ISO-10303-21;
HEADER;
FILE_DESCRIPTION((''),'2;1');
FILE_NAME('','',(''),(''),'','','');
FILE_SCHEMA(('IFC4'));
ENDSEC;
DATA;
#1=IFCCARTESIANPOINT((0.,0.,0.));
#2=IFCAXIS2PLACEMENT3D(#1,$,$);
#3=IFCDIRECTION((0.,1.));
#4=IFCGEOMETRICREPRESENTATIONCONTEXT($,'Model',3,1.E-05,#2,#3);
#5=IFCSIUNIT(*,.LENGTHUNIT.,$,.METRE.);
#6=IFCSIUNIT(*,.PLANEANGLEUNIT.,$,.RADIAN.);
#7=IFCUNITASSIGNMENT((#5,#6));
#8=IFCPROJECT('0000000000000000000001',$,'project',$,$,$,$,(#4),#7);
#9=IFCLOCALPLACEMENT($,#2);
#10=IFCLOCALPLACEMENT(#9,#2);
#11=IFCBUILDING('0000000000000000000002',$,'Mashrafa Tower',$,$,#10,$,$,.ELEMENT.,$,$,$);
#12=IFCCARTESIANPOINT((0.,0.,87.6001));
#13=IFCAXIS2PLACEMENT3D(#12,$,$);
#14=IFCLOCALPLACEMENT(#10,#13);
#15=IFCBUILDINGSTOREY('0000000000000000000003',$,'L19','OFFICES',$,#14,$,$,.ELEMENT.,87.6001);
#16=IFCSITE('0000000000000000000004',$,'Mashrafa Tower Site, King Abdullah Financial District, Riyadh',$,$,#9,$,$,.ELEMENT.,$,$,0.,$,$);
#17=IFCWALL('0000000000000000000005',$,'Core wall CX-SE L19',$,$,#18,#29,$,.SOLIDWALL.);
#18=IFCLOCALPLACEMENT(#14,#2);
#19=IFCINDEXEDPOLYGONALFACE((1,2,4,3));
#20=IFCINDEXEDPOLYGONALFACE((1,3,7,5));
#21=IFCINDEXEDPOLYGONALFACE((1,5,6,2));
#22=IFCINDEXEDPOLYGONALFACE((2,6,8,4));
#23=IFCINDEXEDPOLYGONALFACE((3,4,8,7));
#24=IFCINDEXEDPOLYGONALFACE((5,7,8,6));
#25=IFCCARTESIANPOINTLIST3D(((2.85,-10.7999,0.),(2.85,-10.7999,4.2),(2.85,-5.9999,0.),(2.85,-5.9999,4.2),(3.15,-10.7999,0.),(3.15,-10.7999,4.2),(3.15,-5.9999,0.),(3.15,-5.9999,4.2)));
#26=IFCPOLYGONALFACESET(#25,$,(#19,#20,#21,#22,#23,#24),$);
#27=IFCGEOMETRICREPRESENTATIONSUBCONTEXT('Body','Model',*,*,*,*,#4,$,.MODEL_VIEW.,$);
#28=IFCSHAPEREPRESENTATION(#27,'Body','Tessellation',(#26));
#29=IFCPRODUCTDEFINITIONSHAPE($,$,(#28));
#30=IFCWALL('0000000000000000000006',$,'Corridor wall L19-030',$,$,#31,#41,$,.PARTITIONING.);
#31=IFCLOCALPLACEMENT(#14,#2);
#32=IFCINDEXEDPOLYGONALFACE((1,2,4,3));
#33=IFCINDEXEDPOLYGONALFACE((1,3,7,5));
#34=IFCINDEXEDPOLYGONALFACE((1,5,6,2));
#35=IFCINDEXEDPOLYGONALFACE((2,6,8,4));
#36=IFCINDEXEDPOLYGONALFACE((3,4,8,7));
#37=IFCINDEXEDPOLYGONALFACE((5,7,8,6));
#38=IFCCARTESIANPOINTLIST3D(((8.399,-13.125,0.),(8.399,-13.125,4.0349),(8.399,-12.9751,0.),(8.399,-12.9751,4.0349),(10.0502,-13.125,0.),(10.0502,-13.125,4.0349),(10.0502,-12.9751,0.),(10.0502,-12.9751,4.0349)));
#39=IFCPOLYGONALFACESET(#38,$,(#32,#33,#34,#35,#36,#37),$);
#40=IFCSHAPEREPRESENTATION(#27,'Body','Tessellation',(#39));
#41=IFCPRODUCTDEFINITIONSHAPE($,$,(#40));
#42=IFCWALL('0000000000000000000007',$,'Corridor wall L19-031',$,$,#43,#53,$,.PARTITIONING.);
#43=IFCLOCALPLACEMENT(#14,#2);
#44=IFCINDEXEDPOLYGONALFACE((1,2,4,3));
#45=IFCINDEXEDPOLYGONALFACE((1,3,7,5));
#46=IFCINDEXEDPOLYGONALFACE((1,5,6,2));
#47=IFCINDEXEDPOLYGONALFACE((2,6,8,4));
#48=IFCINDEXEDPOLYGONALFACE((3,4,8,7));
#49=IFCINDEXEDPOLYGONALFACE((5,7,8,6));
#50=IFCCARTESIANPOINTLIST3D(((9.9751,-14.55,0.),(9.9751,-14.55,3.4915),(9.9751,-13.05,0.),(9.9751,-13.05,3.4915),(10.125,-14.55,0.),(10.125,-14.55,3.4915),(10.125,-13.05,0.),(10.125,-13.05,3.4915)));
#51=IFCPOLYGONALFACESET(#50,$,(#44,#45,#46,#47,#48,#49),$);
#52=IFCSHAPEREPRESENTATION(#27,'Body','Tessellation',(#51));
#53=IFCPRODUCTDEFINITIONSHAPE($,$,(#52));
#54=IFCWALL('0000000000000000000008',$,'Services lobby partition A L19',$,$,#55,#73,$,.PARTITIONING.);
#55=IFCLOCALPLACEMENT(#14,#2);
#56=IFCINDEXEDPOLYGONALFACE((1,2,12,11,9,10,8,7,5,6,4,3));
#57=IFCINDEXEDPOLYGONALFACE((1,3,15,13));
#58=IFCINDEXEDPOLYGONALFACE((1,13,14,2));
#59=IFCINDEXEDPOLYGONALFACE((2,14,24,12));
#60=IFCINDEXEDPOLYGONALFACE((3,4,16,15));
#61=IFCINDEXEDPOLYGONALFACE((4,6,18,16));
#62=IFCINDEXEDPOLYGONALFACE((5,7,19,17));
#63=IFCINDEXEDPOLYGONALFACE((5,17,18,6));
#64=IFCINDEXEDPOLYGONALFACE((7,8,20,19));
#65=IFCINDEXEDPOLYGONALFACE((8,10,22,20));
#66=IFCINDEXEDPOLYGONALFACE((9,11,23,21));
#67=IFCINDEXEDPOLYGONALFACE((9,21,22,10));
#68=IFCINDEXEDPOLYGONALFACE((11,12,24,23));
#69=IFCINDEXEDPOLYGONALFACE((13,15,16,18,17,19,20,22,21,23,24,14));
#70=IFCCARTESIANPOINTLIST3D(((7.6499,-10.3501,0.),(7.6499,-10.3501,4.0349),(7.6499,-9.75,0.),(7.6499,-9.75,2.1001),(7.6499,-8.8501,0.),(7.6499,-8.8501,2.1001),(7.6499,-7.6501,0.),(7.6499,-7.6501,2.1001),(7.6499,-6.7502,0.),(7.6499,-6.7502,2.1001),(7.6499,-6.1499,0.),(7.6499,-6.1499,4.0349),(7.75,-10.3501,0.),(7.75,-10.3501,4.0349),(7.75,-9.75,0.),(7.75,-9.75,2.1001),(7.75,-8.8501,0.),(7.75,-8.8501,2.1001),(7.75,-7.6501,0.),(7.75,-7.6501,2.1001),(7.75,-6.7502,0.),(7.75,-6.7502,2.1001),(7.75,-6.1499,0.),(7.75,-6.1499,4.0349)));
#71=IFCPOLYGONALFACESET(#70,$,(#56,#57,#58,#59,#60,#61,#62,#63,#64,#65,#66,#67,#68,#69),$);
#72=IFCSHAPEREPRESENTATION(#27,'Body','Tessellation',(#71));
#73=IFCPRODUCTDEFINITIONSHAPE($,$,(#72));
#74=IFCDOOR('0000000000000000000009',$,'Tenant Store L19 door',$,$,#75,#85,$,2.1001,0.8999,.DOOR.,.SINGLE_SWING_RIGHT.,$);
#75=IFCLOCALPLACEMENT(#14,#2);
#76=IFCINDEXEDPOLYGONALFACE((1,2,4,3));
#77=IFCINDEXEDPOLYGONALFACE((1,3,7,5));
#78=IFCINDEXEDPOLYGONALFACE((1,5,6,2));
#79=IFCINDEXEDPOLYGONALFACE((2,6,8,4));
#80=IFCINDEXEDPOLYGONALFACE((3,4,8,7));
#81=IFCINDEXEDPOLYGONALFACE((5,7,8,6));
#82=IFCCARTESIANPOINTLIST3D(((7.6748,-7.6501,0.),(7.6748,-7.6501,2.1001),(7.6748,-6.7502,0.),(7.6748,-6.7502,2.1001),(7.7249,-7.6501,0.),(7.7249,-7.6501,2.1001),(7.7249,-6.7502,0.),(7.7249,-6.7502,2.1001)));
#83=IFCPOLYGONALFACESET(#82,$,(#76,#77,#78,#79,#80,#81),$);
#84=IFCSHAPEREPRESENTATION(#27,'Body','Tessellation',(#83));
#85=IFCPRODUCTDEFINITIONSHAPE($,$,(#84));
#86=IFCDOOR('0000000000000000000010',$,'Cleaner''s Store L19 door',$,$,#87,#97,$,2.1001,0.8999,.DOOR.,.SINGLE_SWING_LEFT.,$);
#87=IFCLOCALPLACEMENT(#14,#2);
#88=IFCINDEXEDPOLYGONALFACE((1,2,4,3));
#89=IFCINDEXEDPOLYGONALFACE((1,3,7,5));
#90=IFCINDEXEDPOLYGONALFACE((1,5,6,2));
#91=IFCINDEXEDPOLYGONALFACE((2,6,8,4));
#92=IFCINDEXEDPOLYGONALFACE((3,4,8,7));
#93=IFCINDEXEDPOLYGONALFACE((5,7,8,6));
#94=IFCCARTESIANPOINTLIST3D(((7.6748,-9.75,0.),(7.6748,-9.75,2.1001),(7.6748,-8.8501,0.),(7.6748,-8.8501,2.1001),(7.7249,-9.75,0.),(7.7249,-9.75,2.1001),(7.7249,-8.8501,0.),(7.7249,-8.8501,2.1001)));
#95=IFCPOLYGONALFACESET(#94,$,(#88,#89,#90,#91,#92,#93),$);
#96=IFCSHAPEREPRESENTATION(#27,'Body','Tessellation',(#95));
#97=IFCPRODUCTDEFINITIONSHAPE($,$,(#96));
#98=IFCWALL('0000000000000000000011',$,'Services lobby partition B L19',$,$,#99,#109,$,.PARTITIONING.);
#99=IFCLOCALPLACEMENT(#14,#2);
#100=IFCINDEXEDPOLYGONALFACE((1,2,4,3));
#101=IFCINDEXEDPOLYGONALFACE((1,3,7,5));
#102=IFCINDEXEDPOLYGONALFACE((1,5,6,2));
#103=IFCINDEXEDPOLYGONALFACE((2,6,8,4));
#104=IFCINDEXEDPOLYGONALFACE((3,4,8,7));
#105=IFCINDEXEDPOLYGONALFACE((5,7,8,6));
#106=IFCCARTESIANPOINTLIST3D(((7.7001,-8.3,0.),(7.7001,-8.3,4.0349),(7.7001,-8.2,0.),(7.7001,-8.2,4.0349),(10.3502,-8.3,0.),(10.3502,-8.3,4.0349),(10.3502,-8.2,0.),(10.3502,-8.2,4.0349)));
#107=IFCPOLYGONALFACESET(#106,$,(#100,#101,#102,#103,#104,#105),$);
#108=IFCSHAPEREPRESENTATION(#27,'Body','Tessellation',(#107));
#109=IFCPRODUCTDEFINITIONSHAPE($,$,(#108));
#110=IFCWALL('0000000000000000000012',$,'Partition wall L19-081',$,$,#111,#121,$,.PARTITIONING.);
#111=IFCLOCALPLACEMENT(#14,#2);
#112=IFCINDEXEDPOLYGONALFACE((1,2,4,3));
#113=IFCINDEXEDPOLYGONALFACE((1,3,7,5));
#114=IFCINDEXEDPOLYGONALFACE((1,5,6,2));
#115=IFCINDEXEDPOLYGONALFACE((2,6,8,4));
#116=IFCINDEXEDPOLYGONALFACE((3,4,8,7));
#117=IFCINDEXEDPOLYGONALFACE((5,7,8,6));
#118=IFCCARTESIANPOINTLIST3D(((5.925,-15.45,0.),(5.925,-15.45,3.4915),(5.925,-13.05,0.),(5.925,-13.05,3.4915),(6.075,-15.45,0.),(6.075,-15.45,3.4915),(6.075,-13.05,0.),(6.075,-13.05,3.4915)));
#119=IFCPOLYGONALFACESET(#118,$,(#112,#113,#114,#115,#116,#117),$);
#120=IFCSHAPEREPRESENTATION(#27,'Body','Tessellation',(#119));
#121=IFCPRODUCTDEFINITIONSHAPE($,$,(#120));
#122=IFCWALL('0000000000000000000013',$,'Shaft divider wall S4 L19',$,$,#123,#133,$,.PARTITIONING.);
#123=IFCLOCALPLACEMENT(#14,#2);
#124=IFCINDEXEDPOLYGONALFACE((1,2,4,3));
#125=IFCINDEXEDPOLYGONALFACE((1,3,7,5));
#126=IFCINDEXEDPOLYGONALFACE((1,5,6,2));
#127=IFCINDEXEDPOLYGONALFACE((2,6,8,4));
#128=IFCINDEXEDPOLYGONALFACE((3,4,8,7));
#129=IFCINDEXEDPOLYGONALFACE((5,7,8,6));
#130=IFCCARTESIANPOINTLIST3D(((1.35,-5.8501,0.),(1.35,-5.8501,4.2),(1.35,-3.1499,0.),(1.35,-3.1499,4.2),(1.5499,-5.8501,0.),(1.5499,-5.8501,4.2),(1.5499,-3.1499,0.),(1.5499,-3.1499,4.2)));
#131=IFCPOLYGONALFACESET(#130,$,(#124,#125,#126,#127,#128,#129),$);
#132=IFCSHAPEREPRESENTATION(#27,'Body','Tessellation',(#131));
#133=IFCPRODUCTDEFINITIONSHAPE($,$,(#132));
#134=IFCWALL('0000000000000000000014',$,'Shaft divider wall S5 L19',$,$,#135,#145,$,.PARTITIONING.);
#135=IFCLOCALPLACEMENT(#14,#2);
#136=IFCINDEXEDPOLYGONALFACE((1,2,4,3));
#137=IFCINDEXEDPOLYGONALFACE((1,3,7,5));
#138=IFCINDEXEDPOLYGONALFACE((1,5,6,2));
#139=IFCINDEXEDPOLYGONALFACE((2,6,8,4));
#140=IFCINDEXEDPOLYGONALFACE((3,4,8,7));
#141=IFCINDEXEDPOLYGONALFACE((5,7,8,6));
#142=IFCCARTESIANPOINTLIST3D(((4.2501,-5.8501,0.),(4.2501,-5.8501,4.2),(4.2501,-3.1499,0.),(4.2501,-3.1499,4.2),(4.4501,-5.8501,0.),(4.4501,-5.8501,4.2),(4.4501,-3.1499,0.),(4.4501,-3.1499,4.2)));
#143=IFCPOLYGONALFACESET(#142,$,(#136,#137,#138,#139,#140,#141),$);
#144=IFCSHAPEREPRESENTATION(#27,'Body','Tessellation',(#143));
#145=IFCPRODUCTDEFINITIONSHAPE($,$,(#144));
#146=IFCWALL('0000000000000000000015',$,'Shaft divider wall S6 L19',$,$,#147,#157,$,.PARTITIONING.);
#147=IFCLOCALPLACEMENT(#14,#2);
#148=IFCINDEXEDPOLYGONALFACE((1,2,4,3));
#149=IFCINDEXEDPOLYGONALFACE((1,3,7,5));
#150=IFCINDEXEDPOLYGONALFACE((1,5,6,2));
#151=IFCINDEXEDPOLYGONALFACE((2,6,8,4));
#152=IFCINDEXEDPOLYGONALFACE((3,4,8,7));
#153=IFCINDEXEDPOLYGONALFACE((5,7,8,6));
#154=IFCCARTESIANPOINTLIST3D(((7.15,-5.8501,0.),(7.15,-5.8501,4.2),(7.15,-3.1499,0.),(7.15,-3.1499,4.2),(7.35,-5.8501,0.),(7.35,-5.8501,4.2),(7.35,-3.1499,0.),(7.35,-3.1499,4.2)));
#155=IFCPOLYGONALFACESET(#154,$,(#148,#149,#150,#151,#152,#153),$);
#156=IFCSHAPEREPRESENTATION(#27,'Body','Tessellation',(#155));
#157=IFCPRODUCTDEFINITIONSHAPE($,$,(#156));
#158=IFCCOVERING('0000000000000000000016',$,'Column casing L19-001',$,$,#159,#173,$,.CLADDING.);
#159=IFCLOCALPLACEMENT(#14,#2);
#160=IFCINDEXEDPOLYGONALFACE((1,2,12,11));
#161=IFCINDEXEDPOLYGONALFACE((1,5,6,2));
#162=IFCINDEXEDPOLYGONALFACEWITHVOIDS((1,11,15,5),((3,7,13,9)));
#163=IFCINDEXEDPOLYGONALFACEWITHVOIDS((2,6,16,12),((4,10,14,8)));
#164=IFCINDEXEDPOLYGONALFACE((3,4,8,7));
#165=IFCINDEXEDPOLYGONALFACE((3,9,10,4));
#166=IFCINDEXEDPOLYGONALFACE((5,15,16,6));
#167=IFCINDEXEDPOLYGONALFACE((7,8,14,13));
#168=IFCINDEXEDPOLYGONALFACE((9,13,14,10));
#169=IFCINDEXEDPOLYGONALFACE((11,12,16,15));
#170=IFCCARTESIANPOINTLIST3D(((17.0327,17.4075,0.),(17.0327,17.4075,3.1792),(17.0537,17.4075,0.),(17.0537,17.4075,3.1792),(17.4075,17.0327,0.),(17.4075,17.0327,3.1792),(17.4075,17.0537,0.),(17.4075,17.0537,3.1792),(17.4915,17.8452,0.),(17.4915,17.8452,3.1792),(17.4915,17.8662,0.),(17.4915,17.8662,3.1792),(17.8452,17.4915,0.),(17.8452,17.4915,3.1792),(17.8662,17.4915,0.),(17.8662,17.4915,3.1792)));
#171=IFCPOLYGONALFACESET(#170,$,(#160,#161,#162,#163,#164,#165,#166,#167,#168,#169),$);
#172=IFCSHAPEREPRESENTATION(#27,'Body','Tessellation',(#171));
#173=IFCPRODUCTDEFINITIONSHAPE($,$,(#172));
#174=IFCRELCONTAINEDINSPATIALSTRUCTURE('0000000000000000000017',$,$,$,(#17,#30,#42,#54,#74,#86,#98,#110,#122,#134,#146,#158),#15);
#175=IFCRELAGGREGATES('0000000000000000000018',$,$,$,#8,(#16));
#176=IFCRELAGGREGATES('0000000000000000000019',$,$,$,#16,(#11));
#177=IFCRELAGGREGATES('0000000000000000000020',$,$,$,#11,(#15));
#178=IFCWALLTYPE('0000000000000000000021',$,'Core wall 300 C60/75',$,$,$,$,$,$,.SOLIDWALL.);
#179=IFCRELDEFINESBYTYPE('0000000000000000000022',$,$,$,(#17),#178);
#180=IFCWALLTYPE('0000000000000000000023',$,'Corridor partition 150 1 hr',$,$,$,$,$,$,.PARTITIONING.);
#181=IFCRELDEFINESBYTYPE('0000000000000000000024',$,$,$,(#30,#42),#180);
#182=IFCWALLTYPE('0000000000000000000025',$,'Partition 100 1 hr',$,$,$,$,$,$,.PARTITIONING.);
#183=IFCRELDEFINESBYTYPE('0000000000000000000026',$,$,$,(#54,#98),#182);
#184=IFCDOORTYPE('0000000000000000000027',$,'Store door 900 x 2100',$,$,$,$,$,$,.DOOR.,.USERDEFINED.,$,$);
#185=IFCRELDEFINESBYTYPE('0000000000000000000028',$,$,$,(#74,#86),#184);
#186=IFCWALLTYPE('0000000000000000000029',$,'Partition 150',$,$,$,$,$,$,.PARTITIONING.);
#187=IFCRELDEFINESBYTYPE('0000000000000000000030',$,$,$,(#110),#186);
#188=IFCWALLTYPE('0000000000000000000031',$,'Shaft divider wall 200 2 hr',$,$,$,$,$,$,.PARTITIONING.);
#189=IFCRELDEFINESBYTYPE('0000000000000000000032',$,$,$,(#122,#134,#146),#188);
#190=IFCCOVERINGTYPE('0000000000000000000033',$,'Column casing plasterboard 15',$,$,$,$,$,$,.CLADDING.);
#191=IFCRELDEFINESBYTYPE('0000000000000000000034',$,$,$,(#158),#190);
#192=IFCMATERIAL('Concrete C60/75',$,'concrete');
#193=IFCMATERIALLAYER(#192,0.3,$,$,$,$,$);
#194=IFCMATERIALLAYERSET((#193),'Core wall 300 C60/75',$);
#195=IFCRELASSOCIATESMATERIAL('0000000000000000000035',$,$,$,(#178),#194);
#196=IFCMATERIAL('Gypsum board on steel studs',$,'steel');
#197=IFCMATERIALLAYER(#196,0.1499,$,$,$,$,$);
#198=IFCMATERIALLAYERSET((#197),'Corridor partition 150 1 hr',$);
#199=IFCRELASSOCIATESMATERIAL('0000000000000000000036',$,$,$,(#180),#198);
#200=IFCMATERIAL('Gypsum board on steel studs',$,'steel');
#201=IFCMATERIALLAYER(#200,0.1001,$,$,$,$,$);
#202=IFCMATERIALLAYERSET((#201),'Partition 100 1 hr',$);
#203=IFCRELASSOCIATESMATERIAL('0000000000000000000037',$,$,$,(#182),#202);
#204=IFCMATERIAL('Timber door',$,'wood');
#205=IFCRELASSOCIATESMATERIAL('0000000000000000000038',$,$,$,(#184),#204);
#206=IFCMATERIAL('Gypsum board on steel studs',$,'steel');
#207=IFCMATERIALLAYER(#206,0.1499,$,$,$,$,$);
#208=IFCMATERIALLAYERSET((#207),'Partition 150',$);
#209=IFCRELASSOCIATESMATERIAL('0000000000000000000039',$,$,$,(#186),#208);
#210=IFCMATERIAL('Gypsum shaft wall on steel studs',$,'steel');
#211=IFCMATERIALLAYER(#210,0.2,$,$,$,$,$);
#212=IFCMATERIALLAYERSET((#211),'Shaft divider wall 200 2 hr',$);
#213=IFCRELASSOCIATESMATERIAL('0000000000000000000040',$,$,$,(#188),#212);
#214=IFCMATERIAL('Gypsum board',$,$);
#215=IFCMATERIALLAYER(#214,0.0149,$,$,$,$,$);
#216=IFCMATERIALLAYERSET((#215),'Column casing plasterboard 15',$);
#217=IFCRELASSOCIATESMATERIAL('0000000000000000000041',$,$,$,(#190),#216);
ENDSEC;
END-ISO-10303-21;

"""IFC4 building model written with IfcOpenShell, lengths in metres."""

from ifc_helpers import new_model, si_unit, direction, frame, frame_2d, origin, place, context, subcontext, project, spatial, polyline, rectangle, outline, extrude, material, layer, layer_set, type_object, element, fill, save


model = new_model("IFC4")

# Units and contexts
model_context = context("Model", 3, precision=1e-05, world=origin(), true_north=direction((0.0, 1.0)))
body_context = subcontext(model_context, "Body", "Model", "MODEL_VIEW")
ifc_project = project(units=[si_unit("LENGTHUNIT", "METRE"), si_unit("PLANEANGLEUNIT", "RADIAN")], contexts=[model_context])

# Site, building, storey
site_placement = place(None, origin())
site = spatial("IfcSite", under=ifc_project, at=site_placement, Name="Mashrafa Tower Site, King Abdullah Financial District, Riyadh", CompositionType="ELEMENT", RefElevation=0.0)
building_placement = place(site_placement, origin())
building = spatial("IfcBuilding", under=site, at=building_placement, Name="Mashrafa Tower", CompositionType="ELEMENT")
storey_placement = place(building_placement, frame((0.0, 0.0, 87.6001)))
storey = spatial("IfcBuildingStorey", under=building, at=storey_placement, Name="L19", Description="OFFICES", CompositionType="ELEMENT", Elevation=87.6001)

# Walls
ifc_material_1 = material(Name="Concrete C60/75", Category="concrete")
ifc_layer_1 = layer(ifc_material_1, 0.3)
ifc_layer_set_1 = layer_set([ifc_layer_1], Name="Core wall 300 C60/75")
wall_type_1 = type_object("IfcWallType", Name="Core wall 300 C60/75", PredefinedType="SOLIDWALL", material=ifc_layer_set_1)
wall_1_placement = place(storey_placement, frame((3.0, -6.0, 0.0), z_axis=(0.0, 0.0, 1.0), x_axis=(0.0, -1.0, 0.0)))
element("IfcWall", 1, at=wall_1_placement, inside=storey, type_object=wall_type_1, Name="Core wall CX-SE L19", PredefinedType="SOLIDWALL", context=body_context, shape_type="SweptSolid", body=[
    extrude(rectangle(XDim=4.8, YDim=0.3, at=frame_2d((2.3999, 0.0))), origin(), (0.0, 0.0, 1.0), 4.2),
])
ifc_material_2 = material(Name="Gypsum board on steel studs", Category="steel")
ifc_layer_2 = layer(ifc_material_2, 0.1499)
ifc_layer_set_2 = layer_set([ifc_layer_2], Name="Corridor partition 150 1 hr")
wall_type_2 = type_object("IfcWallType", Name="Corridor partition 150 1 hr", PredefinedType="PARTITIONING", material=ifc_layer_set_2)
wall_2_placement = place(storey_placement, frame((8.3989, -13.05, 0.0), z_axis=(0.0, 0.0, 1.0), x_axis=(1.0, 0.0, 0.0)))
element("IfcWall", 2, at=wall_2_placement, inside=storey, type_object=wall_type_2, Name="Corridor wall L19-030", PredefinedType="PARTITIONING", context=body_context, shape_type="SweptSolid", body=[
    extrude(rectangle(XDim=1.6511, YDim=0.1499, at=frame_2d((0.8257, 0.0))), origin(), (0.0, 0.0, 1.0), 4.0349),
])
wall_3_placement = place(storey_placement, frame((10.05, -13.05, 0.0), z_axis=(0.0, 0.0, 1.0), x_axis=(0.0, -1.0, 0.0)))
element("IfcWall", 3, at=wall_3_placement, inside=storey, type_object=wall_type_2, Name="Corridor wall L19-031", PredefinedType="PARTITIONING", context=body_context, shape_type="SweptSolid", body=[
    extrude(rectangle(XDim=1.5, YDim=0.1499, at=frame_2d((0.75, 0.0))), origin(), (0.0, 0.0, 1.0), 3.4915),
])

# Wall, openings, doors
ifc_material_3 = material(Name="Gypsum board on steel studs", Category="steel")
ifc_layer_3 = layer(ifc_material_3, 0.1001)
ifc_layer_set_3 = layer_set([ifc_layer_3], Name="Partition 100 1 hr")
wall_type_3 = type_object("IfcWallType", Name="Partition 100 1 hr", PredefinedType="PARTITIONING", material=ifc_layer_set_3)
wall_4_placement = place(storey_placement, frame((7.7, -10.3501, 0.0), z_axis=(0.0, 0.0, 1.0), x_axis=(0.0, 1.0, 0.0)))
wall_4 = element("IfcWall", 4, at=wall_4_placement, inside=storey, type_object=wall_type_3, Name="Services lobby partition A L19", PredefinedType="PARTITIONING", context=body_context, shape_type="SweptSolid", body=[
    extrude(rectangle(XDim=4.2002, YDim=0.1001, at=frame_2d((2.1001, 0.0))), origin(), (0.0, 0.0, 1.0), 4.0349),
])
opening_1_placement = place(wall_4_placement, frame((2.7, 0.0, 0.0)))
opening_1 = element("IfcOpeningElement", 5, at=opening_1_placement, cuts=wall_4, PredefinedType="OPENING", context=body_context, shape_type="SweptSolid", body=[
    extrude(rectangle(XDim=0.8999, YDim=2.1001, at=frame_2d((0.45, 1.05))), frame((0.0, 0.0601, 0.0), z_axis=(0.0, -1.0, 0.0), x_axis=(1.0, 0.0, 0.0)), (0.0, 0.0, 1.0), 0.1201),
])
opening_2_placement = place(wall_4_placement, frame((0.6001, 0.0, 0.0)))
opening_2 = element("IfcOpeningElement", 6, at=opening_2_placement, cuts=wall_4, PredefinedType="OPENING", context=body_context, shape_type="SweptSolid", body=[
    extrude(rectangle(XDim=0.8999, YDim=2.1001, at=frame_2d((0.45, 1.05))), frame((0.0, 0.0601, 0.0), z_axis=(0.0, -1.0, 0.0), x_axis=(1.0, 0.0, 0.0)), (0.0, 0.0, 1.0), 0.1201),
])
ifc_material_4 = material(Name="Timber door", Category="wood")
door_type_1 = type_object("IfcDoorType", Name="Store door 900 x 2100", OperationType="USERDEFINED", PredefinedType="DOOR", material=ifc_material_4)
door_1_placement = place(opening_1_placement, frame((0.8999, 0.0, 0.0), z_axis=(0.0, 0.0, 1.0), x_axis=(-1.0, 0.0, 0.0)))
door_1 = element("IfcDoor", 7, at=door_1_placement, inside=storey, type_object=door_type_1, Name="Tenant Store L19 door", OperationType="SINGLE_SWING_RIGHT", OverallHeight=2.1001, OverallWidth=0.8999, PredefinedType="DOOR", context=body_context, shape_type="SweptSolid", body=[
    extrude(rectangle(XDim=0.8999, YDim=2.1001, at=frame_2d((0.45, 1.05))), frame((0.0, 0.0249, 0.0), z_axis=(0.0, -1.0, 0.0), x_axis=(1.0, 0.0, 0.0)), (0.0, 0.0, 1.0), 0.05),
])
fill(opening_1, door_1)
door_2_placement = place(opening_2_placement, frame((0.8999, 0.0, 0.0), z_axis=(0.0, 0.0, 1.0), x_axis=(-1.0, 0.0, 0.0)))
door_2 = element("IfcDoor", 8, at=door_2_placement, inside=storey, type_object=door_type_1, Name="Cleaner's Store L19 door", OperationType="SINGLE_SWING_LEFT", OverallHeight=2.1001, OverallWidth=0.8999, PredefinedType="DOOR", context=body_context, shape_type="SweptSolid", body=[
    extrude(rectangle(XDim=0.8999, YDim=2.1001, at=frame_2d((0.45, 1.05))), frame((0.0, 0.0249, 0.0), z_axis=(0.0, -1.0, 0.0), x_axis=(1.0, 0.0, 0.0)), (0.0, 0.0, 1.0), 0.05),
])
fill(opening_2, door_2)

# Walls
wall_5_placement = place(storey_placement, frame((7.7, -8.25, 0.0), z_axis=(0.0, 0.0, 1.0), x_axis=(1.0, 0.0, 0.0)))
element("IfcWall", 9, at=wall_5_placement, inside=storey, type_object=wall_type_3, Name="Services lobby partition B L19", PredefinedType="PARTITIONING", context=body_context, shape_type="SweptSolid", body=[
    extrude(rectangle(XDim=2.6501, YDim=0.1001, at=frame_2d((1.3252, 0.0))), origin(), (0.0, 0.0, 1.0), 4.0349),
])
ifc_material_5 = material(Name="Gypsum board on steel studs", Category="steel")
ifc_layer_4 = layer(ifc_material_5, 0.1499)
ifc_layer_set_4 = layer_set([ifc_layer_4], Name="Partition 150")
wall_type_4 = type_object("IfcWallType", Name="Partition 150", PredefinedType="PARTITIONING", material=ifc_layer_set_4)
wall_6_placement = place(storey_placement, frame((6.0, -13.05, 0.0), z_axis=(0.0, 0.0, 1.0), x_axis=(0.0, -1.0, 0.0)))
element("IfcWall", 10, at=wall_6_placement, inside=storey, type_object=wall_type_4, Name="Partition wall L19-081", PredefinedType="PARTITIONING", context=body_context, shape_type="SweptSolid", body=[
    extrude(rectangle(XDim=2.3999, YDim=0.1499, at=frame_2d((1.2, 0.0))), origin(), (0.0, 0.0, 1.0), 3.4915),
])
ifc_material_6 = material(Name="Gypsum shaft wall on steel studs", Category="steel")
ifc_layer_5 = layer(ifc_material_6, 0.2)
ifc_layer_set_5 = layer_set([ifc_layer_5], Name="Shaft divider wall 200 2 hr")
wall_type_5 = type_object("IfcWallType", Name="Shaft divider wall 200 2 hr", PredefinedType="PARTITIONING", material=ifc_layer_set_5)
for number, where, z_axis, x_axis, name in (
    (11, (1.45, -5.8501, 0.0), (0.0, 0.0, 1.0), (0.0, 1.0, 0.0), "Shaft divider wall S4 L19"),
    (12, (4.3501, -5.8501, 0.0), (0.0, 0.0, 1.0), (0.0, 1.0, 0.0), "Shaft divider wall S5 L19"),
    (13, (7.25, -5.8501, 0.0), (0.0, 0.0, 1.0), (0.0, 1.0, 0.0), "Shaft divider wall S6 L19"),
):
    element("IfcWall", number, at=place(storey_placement, frame(where, z_axis=z_axis, x_axis=x_axis)), inside=storey, type_object=wall_type_5, Name=name, PredefinedType="PARTITIONING", context=body_context, shape_type="SweptSolid", body=[
        extrude(rectangle(XDim=2.7002, YDim=0.2, at=frame_2d((1.3501, 0.0))), origin(), (0.0, 0.0, 1.0), 4.2),
    ])

# Covering
ifc_material_7 = material(Name="Gypsum board")
ifc_layer_6 = layer(ifc_material_7, 0.0149)
ifc_layer_set_6 = layer_set([ifc_layer_6], Name="Column casing plasterboard 15")
covering_type_1 = type_object("IfcCoveringType", Name="Column casing plasterboard 15", PredefinedType="CLADDING", material=ifc_layer_set_6)
covering_1_placement = place(storey_placement, origin())
element("IfcCovering", 14, at=covering_1_placement, inside=storey, type_object=covering_type_1, Name="Column casing L19-001", PredefinedType="CLADDING", context=body_context, shape_type="SweptSolid", body=[
    extrude(outline(polyline([(17.0327, 17.4075), (17.4915, 17.8662), (17.8662, 17.4915), (17.4075, 17.0327), (17.0327, 17.4075)]), holes=[polyline([(17.8452, 17.4915), (17.4915, 17.8452), (17.0537, 17.4075), (17.4075, 17.0537), (17.8452, 17.4915)])]), origin(), (0.0, 0.0, 1.0), 3.1792),
])

save(model, "model.ifc")
